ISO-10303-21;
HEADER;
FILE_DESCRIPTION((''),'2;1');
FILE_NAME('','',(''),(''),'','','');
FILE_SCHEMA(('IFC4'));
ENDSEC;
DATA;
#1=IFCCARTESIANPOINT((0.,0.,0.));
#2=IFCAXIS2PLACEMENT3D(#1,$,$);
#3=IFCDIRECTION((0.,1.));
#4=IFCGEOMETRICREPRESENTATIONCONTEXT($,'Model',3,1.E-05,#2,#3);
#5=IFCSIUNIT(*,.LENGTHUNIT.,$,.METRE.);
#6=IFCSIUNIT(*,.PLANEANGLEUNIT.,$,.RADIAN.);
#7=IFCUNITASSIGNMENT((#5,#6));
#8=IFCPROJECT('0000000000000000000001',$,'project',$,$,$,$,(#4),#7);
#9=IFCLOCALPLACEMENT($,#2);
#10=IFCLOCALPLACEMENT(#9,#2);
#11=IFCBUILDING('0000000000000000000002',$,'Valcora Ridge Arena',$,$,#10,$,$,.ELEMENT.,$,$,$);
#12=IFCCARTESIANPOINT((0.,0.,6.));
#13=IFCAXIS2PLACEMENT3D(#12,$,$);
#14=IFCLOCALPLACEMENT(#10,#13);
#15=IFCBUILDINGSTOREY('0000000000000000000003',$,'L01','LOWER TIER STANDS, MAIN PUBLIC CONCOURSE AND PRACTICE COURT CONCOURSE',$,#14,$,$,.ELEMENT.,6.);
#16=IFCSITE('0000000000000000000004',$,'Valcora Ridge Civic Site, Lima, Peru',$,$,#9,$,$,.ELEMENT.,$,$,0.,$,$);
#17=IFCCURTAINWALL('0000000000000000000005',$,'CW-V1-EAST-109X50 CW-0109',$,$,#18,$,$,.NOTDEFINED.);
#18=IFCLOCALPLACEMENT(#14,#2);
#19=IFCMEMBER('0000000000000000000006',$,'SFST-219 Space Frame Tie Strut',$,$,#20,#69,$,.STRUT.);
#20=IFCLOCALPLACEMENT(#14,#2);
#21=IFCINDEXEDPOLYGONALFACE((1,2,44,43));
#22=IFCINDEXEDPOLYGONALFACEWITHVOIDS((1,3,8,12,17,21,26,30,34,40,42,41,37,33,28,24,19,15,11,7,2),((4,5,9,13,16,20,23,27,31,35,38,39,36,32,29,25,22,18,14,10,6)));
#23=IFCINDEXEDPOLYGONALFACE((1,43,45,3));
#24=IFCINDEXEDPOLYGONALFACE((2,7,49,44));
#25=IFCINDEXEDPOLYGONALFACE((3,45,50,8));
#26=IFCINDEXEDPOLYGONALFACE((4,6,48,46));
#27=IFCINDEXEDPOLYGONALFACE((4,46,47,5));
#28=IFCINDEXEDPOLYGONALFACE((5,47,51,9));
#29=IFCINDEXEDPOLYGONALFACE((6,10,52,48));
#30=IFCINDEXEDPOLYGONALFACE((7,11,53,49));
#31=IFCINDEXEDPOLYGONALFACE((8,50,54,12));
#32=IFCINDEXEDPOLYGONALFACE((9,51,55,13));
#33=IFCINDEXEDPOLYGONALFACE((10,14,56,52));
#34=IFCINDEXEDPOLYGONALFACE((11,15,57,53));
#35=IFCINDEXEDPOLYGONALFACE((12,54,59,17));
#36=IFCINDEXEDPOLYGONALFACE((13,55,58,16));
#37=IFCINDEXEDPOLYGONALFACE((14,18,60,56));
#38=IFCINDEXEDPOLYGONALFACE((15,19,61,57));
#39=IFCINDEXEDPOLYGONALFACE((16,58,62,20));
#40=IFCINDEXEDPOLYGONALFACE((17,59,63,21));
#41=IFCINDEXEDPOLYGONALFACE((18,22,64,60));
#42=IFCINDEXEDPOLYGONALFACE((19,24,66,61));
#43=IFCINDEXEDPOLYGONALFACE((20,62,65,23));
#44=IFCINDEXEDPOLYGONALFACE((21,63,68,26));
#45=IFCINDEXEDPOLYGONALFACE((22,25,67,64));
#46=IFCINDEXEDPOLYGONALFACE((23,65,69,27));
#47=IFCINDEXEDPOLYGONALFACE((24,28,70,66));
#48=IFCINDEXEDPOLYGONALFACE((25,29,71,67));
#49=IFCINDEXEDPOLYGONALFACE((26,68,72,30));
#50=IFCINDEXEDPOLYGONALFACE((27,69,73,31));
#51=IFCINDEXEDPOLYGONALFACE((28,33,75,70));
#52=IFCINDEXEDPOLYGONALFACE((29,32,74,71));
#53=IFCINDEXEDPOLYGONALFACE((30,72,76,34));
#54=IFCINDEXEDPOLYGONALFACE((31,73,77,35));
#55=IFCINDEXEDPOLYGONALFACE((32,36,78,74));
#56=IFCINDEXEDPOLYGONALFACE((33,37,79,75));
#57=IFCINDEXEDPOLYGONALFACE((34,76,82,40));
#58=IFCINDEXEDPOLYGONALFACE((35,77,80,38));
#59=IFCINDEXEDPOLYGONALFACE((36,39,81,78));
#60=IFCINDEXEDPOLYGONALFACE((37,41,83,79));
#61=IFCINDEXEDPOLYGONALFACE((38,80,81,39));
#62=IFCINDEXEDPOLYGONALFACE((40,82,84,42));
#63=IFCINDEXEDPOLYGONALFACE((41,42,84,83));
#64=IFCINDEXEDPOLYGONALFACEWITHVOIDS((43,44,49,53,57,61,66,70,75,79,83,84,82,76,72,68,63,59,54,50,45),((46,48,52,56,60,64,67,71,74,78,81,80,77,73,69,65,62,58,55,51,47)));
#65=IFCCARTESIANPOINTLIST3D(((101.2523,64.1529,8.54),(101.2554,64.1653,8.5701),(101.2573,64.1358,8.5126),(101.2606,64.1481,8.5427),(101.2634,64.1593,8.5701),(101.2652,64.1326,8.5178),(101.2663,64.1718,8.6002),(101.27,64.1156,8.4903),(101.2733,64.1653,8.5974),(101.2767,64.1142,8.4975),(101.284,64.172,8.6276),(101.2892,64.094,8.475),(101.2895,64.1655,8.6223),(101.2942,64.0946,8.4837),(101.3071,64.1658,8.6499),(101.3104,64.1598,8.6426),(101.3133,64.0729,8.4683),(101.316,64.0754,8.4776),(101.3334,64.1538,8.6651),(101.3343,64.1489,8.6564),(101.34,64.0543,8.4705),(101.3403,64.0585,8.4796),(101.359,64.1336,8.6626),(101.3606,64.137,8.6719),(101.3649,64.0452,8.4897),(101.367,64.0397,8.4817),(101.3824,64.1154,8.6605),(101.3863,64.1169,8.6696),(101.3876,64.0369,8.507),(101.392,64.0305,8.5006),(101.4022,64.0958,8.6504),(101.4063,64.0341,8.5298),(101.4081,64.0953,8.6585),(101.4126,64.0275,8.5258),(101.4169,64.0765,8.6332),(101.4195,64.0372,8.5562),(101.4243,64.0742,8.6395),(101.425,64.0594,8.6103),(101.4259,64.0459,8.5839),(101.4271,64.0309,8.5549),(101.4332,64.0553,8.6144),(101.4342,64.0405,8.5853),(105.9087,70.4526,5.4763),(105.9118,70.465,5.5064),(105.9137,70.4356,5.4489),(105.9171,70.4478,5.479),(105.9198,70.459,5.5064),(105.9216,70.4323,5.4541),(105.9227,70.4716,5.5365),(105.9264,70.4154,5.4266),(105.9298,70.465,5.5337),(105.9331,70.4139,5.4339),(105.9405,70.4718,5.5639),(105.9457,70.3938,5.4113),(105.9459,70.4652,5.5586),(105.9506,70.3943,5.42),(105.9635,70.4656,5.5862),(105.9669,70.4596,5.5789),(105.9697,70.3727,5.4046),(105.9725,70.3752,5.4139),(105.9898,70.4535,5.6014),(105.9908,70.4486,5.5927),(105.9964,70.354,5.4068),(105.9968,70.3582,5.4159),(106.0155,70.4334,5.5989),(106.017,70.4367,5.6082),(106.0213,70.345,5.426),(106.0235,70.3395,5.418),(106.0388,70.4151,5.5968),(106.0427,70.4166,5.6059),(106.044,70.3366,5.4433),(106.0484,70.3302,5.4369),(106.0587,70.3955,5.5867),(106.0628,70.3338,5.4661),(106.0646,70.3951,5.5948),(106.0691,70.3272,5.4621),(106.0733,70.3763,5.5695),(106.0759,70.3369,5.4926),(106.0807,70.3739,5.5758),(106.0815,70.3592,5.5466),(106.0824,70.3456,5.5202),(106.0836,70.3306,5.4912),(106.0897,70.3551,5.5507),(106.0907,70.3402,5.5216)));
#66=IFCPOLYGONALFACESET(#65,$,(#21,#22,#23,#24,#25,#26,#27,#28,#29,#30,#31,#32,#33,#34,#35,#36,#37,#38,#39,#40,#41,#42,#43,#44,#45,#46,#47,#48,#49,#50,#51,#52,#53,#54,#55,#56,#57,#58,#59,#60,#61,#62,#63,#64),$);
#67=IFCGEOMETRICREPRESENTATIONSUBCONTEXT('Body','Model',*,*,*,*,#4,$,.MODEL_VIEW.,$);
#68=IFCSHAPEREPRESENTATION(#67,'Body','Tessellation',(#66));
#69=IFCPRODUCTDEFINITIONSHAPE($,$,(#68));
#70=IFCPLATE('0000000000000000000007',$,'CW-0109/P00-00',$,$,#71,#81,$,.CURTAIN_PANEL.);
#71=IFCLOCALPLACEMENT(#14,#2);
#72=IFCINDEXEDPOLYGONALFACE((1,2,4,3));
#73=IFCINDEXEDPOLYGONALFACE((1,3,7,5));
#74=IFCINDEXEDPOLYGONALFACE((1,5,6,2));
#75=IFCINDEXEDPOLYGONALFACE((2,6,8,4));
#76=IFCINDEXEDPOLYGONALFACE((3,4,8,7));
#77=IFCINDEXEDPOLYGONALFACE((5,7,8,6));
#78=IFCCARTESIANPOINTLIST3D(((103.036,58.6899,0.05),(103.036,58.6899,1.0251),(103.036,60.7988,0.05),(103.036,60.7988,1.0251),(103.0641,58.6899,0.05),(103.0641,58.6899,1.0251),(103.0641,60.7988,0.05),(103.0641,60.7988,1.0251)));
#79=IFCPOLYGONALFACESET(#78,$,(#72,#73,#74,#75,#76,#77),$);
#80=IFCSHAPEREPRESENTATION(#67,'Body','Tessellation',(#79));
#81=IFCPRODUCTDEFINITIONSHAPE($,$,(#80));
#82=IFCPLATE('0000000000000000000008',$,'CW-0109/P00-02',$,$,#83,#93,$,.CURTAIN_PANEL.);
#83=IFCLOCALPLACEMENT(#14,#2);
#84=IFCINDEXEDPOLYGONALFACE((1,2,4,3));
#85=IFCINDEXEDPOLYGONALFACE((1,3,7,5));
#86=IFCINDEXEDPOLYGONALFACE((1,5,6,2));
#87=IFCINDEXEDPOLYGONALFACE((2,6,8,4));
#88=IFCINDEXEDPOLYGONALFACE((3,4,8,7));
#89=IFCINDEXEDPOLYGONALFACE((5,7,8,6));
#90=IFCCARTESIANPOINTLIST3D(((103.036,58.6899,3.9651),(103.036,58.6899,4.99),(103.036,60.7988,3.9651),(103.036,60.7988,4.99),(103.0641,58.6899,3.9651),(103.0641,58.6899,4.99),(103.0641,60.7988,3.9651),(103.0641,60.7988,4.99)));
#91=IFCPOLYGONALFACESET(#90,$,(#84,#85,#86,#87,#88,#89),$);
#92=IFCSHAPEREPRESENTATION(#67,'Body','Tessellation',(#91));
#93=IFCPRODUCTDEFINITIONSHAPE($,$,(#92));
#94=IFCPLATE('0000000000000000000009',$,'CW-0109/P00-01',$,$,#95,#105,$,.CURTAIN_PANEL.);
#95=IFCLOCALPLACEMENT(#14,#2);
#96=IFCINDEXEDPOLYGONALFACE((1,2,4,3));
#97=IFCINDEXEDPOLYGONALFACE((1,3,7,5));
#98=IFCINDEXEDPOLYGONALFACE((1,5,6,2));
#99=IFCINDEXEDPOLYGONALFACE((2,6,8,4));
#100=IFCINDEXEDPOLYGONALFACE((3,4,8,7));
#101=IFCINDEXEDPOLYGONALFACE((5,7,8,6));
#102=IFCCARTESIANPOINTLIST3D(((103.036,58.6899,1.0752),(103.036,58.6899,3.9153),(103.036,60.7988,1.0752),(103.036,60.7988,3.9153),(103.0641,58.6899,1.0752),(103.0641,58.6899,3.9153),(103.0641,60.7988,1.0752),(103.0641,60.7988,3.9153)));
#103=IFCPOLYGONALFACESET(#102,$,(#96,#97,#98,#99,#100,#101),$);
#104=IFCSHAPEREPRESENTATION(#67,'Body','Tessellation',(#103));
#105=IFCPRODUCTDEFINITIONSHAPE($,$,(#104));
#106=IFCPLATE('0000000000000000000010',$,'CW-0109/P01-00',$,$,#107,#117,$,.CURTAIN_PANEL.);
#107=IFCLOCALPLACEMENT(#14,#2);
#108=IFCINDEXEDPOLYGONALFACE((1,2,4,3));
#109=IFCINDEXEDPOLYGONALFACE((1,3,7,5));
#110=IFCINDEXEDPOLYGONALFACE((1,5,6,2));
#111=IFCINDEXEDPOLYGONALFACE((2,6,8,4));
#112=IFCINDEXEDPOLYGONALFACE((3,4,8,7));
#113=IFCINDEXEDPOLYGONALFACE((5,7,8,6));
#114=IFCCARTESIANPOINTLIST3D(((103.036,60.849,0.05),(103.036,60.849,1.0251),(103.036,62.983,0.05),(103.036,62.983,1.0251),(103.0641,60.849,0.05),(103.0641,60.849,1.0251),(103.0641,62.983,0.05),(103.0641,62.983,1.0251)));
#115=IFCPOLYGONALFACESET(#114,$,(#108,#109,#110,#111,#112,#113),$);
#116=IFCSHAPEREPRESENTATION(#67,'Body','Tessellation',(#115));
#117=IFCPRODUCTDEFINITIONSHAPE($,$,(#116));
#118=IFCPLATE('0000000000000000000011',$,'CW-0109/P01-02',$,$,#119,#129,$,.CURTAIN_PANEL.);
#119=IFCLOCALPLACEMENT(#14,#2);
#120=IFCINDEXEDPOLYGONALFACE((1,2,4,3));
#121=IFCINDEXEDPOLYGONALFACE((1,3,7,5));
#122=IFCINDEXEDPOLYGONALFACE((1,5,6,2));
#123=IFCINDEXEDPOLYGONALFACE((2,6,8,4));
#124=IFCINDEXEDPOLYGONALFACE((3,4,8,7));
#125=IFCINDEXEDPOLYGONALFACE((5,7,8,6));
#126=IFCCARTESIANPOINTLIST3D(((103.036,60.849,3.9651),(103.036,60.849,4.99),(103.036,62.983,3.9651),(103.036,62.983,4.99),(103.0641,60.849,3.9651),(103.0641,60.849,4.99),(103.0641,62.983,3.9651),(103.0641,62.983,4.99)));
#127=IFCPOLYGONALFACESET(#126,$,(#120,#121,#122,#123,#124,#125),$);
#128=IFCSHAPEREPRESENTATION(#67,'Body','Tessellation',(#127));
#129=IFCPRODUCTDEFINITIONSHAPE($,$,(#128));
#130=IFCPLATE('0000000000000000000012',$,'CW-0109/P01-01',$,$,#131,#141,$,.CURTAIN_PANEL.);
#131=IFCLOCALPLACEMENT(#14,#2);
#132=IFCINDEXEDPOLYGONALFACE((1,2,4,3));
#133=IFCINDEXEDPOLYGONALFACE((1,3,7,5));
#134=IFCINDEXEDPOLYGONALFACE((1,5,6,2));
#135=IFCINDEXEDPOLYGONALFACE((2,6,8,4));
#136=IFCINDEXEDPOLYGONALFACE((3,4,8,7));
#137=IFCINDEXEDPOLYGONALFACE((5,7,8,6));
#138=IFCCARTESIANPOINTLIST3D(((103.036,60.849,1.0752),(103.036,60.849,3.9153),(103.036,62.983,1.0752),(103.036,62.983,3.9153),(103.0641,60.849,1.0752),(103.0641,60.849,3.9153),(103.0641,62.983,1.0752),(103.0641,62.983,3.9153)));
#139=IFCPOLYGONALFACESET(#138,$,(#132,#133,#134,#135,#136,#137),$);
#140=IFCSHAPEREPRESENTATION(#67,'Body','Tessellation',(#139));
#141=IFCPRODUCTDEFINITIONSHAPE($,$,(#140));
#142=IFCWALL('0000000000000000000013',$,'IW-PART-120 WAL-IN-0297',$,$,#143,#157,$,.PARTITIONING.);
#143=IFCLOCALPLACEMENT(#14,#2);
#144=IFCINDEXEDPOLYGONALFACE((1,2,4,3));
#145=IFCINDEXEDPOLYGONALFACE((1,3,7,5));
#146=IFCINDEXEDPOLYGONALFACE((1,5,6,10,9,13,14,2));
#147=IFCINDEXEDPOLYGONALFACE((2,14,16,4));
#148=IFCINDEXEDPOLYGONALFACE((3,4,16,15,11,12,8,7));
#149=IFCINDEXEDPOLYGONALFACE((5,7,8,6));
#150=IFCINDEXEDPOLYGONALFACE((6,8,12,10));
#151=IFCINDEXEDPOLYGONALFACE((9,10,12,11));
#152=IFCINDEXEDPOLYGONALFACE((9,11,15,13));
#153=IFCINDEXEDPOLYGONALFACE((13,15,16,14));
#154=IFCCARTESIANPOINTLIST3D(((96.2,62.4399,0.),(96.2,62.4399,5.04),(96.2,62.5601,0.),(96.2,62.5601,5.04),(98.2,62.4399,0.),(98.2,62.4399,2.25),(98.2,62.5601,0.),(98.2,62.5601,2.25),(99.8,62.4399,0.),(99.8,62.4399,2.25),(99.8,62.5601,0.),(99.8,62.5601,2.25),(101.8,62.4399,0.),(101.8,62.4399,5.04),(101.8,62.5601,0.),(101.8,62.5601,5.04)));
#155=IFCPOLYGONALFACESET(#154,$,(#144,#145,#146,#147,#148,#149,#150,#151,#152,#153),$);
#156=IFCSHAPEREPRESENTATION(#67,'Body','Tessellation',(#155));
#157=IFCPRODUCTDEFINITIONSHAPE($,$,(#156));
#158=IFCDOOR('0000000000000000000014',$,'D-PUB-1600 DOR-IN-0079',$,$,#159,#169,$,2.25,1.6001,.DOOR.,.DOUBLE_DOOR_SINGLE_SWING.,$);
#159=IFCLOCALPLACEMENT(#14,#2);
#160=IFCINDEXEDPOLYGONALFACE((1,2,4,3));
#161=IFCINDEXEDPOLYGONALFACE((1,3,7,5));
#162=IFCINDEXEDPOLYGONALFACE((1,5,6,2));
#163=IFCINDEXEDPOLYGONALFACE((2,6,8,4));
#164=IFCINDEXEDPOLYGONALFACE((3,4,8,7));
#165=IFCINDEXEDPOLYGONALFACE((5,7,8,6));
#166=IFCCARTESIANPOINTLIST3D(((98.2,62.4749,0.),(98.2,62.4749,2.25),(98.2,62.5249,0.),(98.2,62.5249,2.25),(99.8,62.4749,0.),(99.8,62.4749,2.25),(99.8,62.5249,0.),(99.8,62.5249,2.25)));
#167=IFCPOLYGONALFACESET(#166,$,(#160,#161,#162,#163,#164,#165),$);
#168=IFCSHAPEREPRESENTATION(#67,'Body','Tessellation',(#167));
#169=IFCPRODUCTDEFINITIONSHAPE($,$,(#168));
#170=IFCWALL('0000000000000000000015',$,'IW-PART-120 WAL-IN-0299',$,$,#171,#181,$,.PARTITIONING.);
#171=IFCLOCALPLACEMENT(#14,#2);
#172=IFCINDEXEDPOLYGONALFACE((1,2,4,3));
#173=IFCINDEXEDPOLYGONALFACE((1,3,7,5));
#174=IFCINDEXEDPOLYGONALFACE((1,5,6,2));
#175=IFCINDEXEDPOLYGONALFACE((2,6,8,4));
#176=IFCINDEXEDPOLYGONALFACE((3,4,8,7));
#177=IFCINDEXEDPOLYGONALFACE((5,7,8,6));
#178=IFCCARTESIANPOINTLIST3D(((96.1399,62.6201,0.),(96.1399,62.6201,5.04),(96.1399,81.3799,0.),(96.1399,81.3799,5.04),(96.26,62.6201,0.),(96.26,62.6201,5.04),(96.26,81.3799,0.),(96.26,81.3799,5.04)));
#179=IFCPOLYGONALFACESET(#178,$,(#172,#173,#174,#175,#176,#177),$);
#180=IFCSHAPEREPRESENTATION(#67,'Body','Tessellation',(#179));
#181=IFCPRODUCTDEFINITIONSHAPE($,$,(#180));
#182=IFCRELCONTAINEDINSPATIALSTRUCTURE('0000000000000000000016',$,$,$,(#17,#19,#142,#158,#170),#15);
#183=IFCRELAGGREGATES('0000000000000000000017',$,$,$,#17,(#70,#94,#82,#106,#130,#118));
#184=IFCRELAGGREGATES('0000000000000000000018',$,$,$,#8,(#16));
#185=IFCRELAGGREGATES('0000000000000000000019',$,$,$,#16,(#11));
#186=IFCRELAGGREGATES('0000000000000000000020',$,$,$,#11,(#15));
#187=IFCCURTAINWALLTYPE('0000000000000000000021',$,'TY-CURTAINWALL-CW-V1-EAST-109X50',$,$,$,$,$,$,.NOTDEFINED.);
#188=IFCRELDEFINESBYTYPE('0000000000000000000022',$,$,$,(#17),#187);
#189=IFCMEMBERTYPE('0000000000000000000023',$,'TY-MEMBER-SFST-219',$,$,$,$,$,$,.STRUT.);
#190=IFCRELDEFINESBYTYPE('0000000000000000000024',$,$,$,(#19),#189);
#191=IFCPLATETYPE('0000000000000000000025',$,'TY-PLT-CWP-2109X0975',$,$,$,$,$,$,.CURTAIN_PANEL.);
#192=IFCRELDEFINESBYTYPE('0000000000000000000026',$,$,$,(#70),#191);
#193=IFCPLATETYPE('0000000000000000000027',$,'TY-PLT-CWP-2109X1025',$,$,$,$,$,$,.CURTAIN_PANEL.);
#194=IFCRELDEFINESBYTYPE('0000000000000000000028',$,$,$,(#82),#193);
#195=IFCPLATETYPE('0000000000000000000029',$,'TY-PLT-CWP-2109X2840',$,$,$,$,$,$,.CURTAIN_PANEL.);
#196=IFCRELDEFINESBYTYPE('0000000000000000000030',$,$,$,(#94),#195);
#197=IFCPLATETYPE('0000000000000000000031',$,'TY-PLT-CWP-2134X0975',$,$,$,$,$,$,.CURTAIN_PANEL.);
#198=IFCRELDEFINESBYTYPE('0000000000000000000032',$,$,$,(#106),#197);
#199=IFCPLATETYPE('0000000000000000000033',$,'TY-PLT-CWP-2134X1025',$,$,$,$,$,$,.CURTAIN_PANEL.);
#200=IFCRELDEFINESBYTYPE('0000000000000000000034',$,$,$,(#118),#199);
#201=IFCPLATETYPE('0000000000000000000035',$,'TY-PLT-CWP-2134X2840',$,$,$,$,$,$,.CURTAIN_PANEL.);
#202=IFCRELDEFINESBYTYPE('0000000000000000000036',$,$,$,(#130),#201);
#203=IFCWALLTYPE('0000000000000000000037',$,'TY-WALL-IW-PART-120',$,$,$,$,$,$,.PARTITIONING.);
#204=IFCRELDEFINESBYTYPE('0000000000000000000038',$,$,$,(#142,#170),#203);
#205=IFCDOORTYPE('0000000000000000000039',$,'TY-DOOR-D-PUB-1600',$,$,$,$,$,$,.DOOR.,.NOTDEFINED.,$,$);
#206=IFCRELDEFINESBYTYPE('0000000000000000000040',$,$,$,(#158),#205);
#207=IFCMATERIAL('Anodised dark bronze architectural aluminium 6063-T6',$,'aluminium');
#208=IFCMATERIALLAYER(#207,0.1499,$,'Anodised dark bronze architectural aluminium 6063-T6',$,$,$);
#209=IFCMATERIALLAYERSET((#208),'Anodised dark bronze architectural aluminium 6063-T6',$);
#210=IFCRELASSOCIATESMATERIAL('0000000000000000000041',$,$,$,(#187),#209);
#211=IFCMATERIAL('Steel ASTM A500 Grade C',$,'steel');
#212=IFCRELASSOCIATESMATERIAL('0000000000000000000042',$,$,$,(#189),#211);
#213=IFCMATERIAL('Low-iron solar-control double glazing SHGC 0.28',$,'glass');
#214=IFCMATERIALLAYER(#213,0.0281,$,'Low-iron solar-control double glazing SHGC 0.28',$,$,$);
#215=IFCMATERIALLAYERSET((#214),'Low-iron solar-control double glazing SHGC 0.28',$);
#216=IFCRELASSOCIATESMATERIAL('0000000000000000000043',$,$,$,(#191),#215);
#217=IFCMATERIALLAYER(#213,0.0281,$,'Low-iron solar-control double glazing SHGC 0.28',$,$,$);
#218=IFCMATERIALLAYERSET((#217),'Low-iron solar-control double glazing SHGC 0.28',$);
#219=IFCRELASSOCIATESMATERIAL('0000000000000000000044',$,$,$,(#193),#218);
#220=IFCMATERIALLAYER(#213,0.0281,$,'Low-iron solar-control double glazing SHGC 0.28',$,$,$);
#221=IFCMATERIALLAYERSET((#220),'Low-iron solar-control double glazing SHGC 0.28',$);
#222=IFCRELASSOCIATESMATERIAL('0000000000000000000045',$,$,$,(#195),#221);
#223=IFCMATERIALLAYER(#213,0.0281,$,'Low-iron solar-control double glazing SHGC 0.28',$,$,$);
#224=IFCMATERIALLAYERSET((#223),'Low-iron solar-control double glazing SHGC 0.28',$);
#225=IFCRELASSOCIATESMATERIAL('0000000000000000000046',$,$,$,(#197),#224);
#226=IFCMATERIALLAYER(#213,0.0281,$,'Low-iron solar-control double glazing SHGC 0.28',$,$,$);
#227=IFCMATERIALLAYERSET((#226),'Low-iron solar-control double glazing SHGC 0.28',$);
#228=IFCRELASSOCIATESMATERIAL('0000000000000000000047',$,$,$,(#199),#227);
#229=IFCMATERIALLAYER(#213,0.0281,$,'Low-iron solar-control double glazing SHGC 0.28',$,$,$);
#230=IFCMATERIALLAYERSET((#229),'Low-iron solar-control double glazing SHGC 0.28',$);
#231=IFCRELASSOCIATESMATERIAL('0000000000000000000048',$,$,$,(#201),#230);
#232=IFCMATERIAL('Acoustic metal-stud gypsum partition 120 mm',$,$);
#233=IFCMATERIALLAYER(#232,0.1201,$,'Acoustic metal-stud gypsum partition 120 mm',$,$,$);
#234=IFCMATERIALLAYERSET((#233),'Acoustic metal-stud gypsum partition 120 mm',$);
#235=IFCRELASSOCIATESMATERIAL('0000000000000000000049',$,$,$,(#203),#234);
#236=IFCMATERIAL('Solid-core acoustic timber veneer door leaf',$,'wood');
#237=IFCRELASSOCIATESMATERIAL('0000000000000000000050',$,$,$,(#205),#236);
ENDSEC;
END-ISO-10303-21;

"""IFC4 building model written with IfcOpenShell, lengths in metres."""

from ifc_helpers import new_model, si_unit, direction, frame, frame_2d, origin, origin_2d, place, context, subcontext, project, spatial, rectangle, hollow_circle, extrude, material, layer, layer_set, material_profile, profile_set, type_object, element, fill, aggregate, save


model = new_model("IFC4")

# Units and contexts
model_context = context("Model", 3, precision=1e-05, world=origin(), true_north=direction((0.0, 1.0)))
body_context = subcontext(model_context, "Body", "Model", "MODEL_VIEW")
ifc_project = project(units=[si_unit("LENGTHUNIT", "METRE"), si_unit("PLANEANGLEUNIT", "RADIAN")], contexts=[model_context])

# Site, building, storey
site_placement = place(None, origin())
site = spatial("IfcSite", under=ifc_project, at=site_placement, Name="Valcora Ridge Civic Site, Lima, Peru", CompositionType="ELEMENT", RefElevation=0.0)
building_placement = place(site_placement, origin())
building = spatial("IfcBuilding", under=site, at=building_placement, Name="Valcora Ridge Arena", CompositionType="ELEMENT")
storey_placement = place(building_placement, frame((0.0, 0.0, 6.0)))
storey = spatial("IfcBuildingStorey", under=building, at=storey_placement, Name="L01", Description="LOWER TIER STANDS, MAIN PUBLIC CONCOURSE AND PRACTICE COURT CONCOURSE", CompositionType="ELEMENT", Elevation=6.0)

# Curtain wall
ifc_material_1 = material(Name="Anodised dark bronze architectural aluminium 6063-T6", Category="aluminium")
ifc_layer_1 = layer(ifc_material_1, 0.1499, Name="Anodised dark bronze architectural aluminium 6063-T6")
ifc_layer_set_1 = layer_set([ifc_layer_1], Name="Anodised dark bronze architectural aluminium 6063-T6")
curtain_wall_type = type_object("IfcCurtainWallType", Name="TY-CURTAINWALL-CW-V1-EAST-109X50", PredefinedType="NOTDEFINED", material=ifc_layer_set_1)
curtain_wall_placement = place(storey_placement, origin())
curtain_wall = element("IfcCurtainWall", 1, at=curtain_wall_placement, inside=storey, type_object=curtain_wall_type, Name="CW-V1-EAST-109X50 CW-0109", PredefinedType="NOTDEFINED")

# Member
ifc_material_2 = material(Name="Steel ASTM A500 Grade C", Category="steel")
ifc_material_profile_1 = material_profile(ifc_material_2, hollow_circle(Radius=0.1096, WallThickness=0.01, at=origin_2d()), Name="CHS219X10")
ifc_profile_set_1 = profile_set([ifc_material_profile_1], Name="Steel ASTM A500 Grade C")
member_type_1 = type_object("IfcMemberType", Name="TY-MEMBER-SFST-219", PredefinedType="STRUT", material=ifc_profile_set_1)
member_1_placement = place(storey_placement, frame((101.3435, 64.1001, 8.5701), z_axis=(0.553573, 0.748933, -0.364221), x_axis=(-0.804169, 0.594401, 0.0)))
element("IfcMember", 2, at=member_1_placement, inside=storey, type_object=member_type_1, Name="SFST-219 Space Frame Tie Strut", PredefinedType="STRUT", context=body_context, shape_type="SweptSolid", body=[
    extrude(hollow_circle(Radius=0.1096, WallThickness=0.01, at=origin_2d()), origin(), (0.0, 0.0, 1.0), 8.4116),
])

# Plates
ifc_material_3 = material(Name="Low-iron solar-control double glazing SHGC 0.28", Category="glass")
ifc_layer_2 = layer(ifc_material_3, 0.0281, Name="Low-iron solar-control double glazing SHGC 0.28")
ifc_layer_set_2 = layer_set([ifc_layer_2], Name="Low-iron solar-control double glazing SHGC 0.28")
plate_type_1 = type_object("IfcPlateType", Name="TY-PLT-CWP-2109X0975", PredefinedType="CURTAIN_PANEL", material=ifc_layer_set_2)
plate_1_placement = place(storey_placement, frame((103.05, 59.7444, 0.05), z_axis=(0.0, 0.0, 1.0), x_axis=(0.0, 1.0, 0.0)))
plate_1 = element("IfcPlate", 3, at=plate_1_placement, type_object=plate_type_1, Name="CW-0109/P00-00", PredefinedType="CURTAIN_PANEL", context=body_context, shape_type="SweptSolid", body=[
    extrude(rectangle(XDim=2.1089, YDim=0.0281, at=origin_2d()), origin(), (0.0, 0.0, 1.0), 0.9751),
])
ifc_layer_3 = layer(ifc_material_3, 0.0281, Name="Low-iron solar-control double glazing SHGC 0.28")
ifc_layer_set_3 = layer_set([ifc_layer_3], Name="Low-iron solar-control double glazing SHGC 0.28")
plate_type_2 = type_object("IfcPlateType", Name="TY-PLT-CWP-2109X1025", PredefinedType="CURTAIN_PANEL", material=ifc_layer_set_3)
plate_2_placement = place(storey_placement, frame((103.05, 59.7444, 3.9651), z_axis=(0.0, 0.0, 1.0), x_axis=(0.0, 1.0, 0.0)))
plate_2 = element("IfcPlate", 4, at=plate_2_placement, type_object=plate_type_2, Name="CW-0109/P00-02", PredefinedType="CURTAIN_PANEL", context=body_context, shape_type="SweptSolid", body=[
    extrude(rectangle(XDim=2.1089, YDim=0.0281, at=origin_2d()), origin(), (0.0, 0.0, 1.0), 1.0249),
])
ifc_layer_4 = layer(ifc_material_3, 0.0281, Name="Low-iron solar-control double glazing SHGC 0.28")
ifc_layer_set_4 = layer_set([ifc_layer_4], Name="Low-iron solar-control double glazing SHGC 0.28")
plate_type_3 = type_object("IfcPlateType", Name="TY-PLT-CWP-2109X2840", PredefinedType="CURTAIN_PANEL", material=ifc_layer_set_4)
plate_3_placement = place(storey_placement, frame((103.05, 59.7444, 1.0752), z_axis=(0.0, 0.0, 1.0), x_axis=(0.0, 1.0, 0.0)))
plate_3 = element("IfcPlate", 5, at=plate_3_placement, type_object=plate_type_3, Name="CW-0109/P00-01", PredefinedType="CURTAIN_PANEL", context=body_context, shape_type="SweptSolid", body=[
    extrude(rectangle(XDim=2.1089, YDim=0.0281, at=origin_2d()), origin(), (0.0, 0.0, 1.0), 2.8401),
])
ifc_layer_5 = layer(ifc_material_3, 0.0281, Name="Low-iron solar-control double glazing SHGC 0.28")
ifc_layer_set_5 = layer_set([ifc_layer_5], Name="Low-iron solar-control double glazing SHGC 0.28")
plate_type_4 = type_object("IfcPlateType", Name="TY-PLT-CWP-2134X0975", PredefinedType="CURTAIN_PANEL", material=ifc_layer_set_5)
plate_4_placement = place(storey_placement, frame((103.05, 61.916, 0.05), z_axis=(0.0, 0.0, 1.0), x_axis=(0.0, 1.0, 0.0)))
plate_4 = element("IfcPlate", 6, at=plate_4_placement, type_object=plate_type_4, Name="CW-0109/P01-00", PredefinedType="CURTAIN_PANEL", context=body_context, shape_type="SweptSolid", body=[
    extrude(rectangle(XDim=2.134, YDim=0.0281, at=origin_2d()), origin(), (0.0, 0.0, 1.0), 0.9751),
])
ifc_layer_6 = layer(ifc_material_3, 0.0281, Name="Low-iron solar-control double glazing SHGC 0.28")
ifc_layer_set_6 = layer_set([ifc_layer_6], Name="Low-iron solar-control double glazing SHGC 0.28")
plate_type_5 = type_object("IfcPlateType", Name="TY-PLT-CWP-2134X1025", PredefinedType="CURTAIN_PANEL", material=ifc_layer_set_6)
plate_5_placement = place(storey_placement, frame((103.05, 61.916, 3.9651), z_axis=(0.0, 0.0, 1.0), x_axis=(0.0, 1.0, 0.0)))
plate_5 = element("IfcPlate", 7, at=plate_5_placement, type_object=plate_type_5, Name="CW-0109/P01-02", PredefinedType="CURTAIN_PANEL", context=body_context, shape_type="SweptSolid", body=[
    extrude(rectangle(XDim=2.134, YDim=0.0281, at=origin_2d()), origin(), (0.0, 0.0, 1.0), 1.0249),
])
ifc_layer_7 = layer(ifc_material_3, 0.0281, Name="Low-iron solar-control double glazing SHGC 0.28")
ifc_layer_set_7 = layer_set([ifc_layer_7], Name="Low-iron solar-control double glazing SHGC 0.28")
plate_type_6 = type_object("IfcPlateType", Name="TY-PLT-CWP-2134X2840", PredefinedType="CURTAIN_PANEL", material=ifc_layer_set_7)
plate_6_placement = place(storey_placement, frame((103.05, 61.916, 1.0752), z_axis=(0.0, 0.0, 1.0), x_axis=(0.0, 1.0, 0.0)))
plate_6 = element("IfcPlate", 8, at=plate_6_placement, type_object=plate_type_6, Name="CW-0109/P01-01", PredefinedType="CURTAIN_PANEL", context=body_context, shape_type="SweptSolid", body=[
    extrude(rectangle(XDim=2.134, YDim=0.0281, at=origin_2d()), origin(), (0.0, 0.0, 1.0), 2.8401),
])
aggregate(curtain_wall, [plate_1, plate_3, plate_2, plate_4, plate_6, plate_5])

# Wall, opening, door
ifc_material_4 = material(Name="Acoustic metal-stud gypsum partition 120 mm")
ifc_layer_8 = layer(ifc_material_4, 0.1201, Name="Acoustic metal-stud gypsum partition 120 mm")
ifc_layer_set_8 = layer_set([ifc_layer_8], Name="Acoustic metal-stud gypsum partition 120 mm")
wall_type = type_object("IfcWallType", Name="TY-WALL-IW-PART-120", PredefinedType="PARTITIONING", material=ifc_layer_set_8)
wall_placement = place(storey_placement, frame((96.2, 62.5, 0.0), z_axis=(0.0, 0.0, 1.0), x_axis=(1.0, 0.0, 0.0)))
wall = element("IfcWall", 9, at=wall_placement, inside=storey, type_object=wall_type, Name="IW-PART-120 WAL-IN-0297", PredefinedType="PARTITIONING", context=body_context, shape_type="SweptSolid", body=[
    extrude(rectangle(XDim=5.6001, YDim=0.1201, at=frame_2d((2.8, 0.0))), origin(), (0.0, 0.0, 1.0), 5.04),
])
opening_placement = place(wall_placement, frame((2.0, 0.0, 0.0)))
opening = element("IfcOpeningElement", 10, at=opening_placement, cuts=wall, PredefinedType="OPENING", context=body_context, shape_type="SweptSolid", body=[
    extrude(rectangle(XDim=1.6001, YDim=2.25, at=frame_2d((0.8, 1.125))), frame((0.0, 0.0701, 0.0), z_axis=(0.0, -1.0, 0.0), x_axis=(1.0, 0.0, 0.0)), (0.0, 0.0, 1.0), 0.1401),
])
ifc_material_5 = material(Name="Solid-core acoustic timber veneer door leaf", Category="wood")
door_type = type_object("IfcDoorType", Name="TY-DOOR-D-PUB-1600", OperationType="NOTDEFINED", PredefinedType="DOOR", material=ifc_material_5)
door_placement = place(opening_placement, origin())
door = element("IfcDoor", 11, at=door_placement, inside=storey, type_object=door_type, Name="D-PUB-1600 DOR-IN-0079", OperationType="DOUBLE_DOOR_SINGLE_SWING", OverallHeight=2.25, OverallWidth=1.6001, PredefinedType="DOOR", context=body_context, shape_type="SweptSolid", body=[
    extrude(rectangle(XDim=1.6001, YDim=2.25, at=frame_2d((0.8, 1.125))), frame((0.0, 0.0249, 0.0), z_axis=(0.0, -1.0, 0.0), x_axis=(1.0, 0.0, 0.0)), (0.0, 0.0, 1.0), 0.05),
])
fill(opening, door)

# Wall
for number, where, z_axis, x_axis, name in (
    (12, (96.2, 62.6201, 0.0), (0.0, 0.0, 1.0), (0.0, 1.0, 0.0), "IW-PART-120 WAL-IN-0299"),
):
    element("IfcWall", number, at=place(storey_placement, frame(where, z_axis=z_axis, x_axis=x_axis)), inside=storey, type_object=wall_type, Name=name, PredefinedType="PARTITIONING", context=body_context, shape_type="SweptSolid", body=[
        extrude(rectangle(XDim=18.7598, YDim=0.1201, at=frame_2d((9.3799, 0.0))), origin(), (0.0, 0.0, 1.0), 5.04),
    ])

save(model, "model.ifc")
